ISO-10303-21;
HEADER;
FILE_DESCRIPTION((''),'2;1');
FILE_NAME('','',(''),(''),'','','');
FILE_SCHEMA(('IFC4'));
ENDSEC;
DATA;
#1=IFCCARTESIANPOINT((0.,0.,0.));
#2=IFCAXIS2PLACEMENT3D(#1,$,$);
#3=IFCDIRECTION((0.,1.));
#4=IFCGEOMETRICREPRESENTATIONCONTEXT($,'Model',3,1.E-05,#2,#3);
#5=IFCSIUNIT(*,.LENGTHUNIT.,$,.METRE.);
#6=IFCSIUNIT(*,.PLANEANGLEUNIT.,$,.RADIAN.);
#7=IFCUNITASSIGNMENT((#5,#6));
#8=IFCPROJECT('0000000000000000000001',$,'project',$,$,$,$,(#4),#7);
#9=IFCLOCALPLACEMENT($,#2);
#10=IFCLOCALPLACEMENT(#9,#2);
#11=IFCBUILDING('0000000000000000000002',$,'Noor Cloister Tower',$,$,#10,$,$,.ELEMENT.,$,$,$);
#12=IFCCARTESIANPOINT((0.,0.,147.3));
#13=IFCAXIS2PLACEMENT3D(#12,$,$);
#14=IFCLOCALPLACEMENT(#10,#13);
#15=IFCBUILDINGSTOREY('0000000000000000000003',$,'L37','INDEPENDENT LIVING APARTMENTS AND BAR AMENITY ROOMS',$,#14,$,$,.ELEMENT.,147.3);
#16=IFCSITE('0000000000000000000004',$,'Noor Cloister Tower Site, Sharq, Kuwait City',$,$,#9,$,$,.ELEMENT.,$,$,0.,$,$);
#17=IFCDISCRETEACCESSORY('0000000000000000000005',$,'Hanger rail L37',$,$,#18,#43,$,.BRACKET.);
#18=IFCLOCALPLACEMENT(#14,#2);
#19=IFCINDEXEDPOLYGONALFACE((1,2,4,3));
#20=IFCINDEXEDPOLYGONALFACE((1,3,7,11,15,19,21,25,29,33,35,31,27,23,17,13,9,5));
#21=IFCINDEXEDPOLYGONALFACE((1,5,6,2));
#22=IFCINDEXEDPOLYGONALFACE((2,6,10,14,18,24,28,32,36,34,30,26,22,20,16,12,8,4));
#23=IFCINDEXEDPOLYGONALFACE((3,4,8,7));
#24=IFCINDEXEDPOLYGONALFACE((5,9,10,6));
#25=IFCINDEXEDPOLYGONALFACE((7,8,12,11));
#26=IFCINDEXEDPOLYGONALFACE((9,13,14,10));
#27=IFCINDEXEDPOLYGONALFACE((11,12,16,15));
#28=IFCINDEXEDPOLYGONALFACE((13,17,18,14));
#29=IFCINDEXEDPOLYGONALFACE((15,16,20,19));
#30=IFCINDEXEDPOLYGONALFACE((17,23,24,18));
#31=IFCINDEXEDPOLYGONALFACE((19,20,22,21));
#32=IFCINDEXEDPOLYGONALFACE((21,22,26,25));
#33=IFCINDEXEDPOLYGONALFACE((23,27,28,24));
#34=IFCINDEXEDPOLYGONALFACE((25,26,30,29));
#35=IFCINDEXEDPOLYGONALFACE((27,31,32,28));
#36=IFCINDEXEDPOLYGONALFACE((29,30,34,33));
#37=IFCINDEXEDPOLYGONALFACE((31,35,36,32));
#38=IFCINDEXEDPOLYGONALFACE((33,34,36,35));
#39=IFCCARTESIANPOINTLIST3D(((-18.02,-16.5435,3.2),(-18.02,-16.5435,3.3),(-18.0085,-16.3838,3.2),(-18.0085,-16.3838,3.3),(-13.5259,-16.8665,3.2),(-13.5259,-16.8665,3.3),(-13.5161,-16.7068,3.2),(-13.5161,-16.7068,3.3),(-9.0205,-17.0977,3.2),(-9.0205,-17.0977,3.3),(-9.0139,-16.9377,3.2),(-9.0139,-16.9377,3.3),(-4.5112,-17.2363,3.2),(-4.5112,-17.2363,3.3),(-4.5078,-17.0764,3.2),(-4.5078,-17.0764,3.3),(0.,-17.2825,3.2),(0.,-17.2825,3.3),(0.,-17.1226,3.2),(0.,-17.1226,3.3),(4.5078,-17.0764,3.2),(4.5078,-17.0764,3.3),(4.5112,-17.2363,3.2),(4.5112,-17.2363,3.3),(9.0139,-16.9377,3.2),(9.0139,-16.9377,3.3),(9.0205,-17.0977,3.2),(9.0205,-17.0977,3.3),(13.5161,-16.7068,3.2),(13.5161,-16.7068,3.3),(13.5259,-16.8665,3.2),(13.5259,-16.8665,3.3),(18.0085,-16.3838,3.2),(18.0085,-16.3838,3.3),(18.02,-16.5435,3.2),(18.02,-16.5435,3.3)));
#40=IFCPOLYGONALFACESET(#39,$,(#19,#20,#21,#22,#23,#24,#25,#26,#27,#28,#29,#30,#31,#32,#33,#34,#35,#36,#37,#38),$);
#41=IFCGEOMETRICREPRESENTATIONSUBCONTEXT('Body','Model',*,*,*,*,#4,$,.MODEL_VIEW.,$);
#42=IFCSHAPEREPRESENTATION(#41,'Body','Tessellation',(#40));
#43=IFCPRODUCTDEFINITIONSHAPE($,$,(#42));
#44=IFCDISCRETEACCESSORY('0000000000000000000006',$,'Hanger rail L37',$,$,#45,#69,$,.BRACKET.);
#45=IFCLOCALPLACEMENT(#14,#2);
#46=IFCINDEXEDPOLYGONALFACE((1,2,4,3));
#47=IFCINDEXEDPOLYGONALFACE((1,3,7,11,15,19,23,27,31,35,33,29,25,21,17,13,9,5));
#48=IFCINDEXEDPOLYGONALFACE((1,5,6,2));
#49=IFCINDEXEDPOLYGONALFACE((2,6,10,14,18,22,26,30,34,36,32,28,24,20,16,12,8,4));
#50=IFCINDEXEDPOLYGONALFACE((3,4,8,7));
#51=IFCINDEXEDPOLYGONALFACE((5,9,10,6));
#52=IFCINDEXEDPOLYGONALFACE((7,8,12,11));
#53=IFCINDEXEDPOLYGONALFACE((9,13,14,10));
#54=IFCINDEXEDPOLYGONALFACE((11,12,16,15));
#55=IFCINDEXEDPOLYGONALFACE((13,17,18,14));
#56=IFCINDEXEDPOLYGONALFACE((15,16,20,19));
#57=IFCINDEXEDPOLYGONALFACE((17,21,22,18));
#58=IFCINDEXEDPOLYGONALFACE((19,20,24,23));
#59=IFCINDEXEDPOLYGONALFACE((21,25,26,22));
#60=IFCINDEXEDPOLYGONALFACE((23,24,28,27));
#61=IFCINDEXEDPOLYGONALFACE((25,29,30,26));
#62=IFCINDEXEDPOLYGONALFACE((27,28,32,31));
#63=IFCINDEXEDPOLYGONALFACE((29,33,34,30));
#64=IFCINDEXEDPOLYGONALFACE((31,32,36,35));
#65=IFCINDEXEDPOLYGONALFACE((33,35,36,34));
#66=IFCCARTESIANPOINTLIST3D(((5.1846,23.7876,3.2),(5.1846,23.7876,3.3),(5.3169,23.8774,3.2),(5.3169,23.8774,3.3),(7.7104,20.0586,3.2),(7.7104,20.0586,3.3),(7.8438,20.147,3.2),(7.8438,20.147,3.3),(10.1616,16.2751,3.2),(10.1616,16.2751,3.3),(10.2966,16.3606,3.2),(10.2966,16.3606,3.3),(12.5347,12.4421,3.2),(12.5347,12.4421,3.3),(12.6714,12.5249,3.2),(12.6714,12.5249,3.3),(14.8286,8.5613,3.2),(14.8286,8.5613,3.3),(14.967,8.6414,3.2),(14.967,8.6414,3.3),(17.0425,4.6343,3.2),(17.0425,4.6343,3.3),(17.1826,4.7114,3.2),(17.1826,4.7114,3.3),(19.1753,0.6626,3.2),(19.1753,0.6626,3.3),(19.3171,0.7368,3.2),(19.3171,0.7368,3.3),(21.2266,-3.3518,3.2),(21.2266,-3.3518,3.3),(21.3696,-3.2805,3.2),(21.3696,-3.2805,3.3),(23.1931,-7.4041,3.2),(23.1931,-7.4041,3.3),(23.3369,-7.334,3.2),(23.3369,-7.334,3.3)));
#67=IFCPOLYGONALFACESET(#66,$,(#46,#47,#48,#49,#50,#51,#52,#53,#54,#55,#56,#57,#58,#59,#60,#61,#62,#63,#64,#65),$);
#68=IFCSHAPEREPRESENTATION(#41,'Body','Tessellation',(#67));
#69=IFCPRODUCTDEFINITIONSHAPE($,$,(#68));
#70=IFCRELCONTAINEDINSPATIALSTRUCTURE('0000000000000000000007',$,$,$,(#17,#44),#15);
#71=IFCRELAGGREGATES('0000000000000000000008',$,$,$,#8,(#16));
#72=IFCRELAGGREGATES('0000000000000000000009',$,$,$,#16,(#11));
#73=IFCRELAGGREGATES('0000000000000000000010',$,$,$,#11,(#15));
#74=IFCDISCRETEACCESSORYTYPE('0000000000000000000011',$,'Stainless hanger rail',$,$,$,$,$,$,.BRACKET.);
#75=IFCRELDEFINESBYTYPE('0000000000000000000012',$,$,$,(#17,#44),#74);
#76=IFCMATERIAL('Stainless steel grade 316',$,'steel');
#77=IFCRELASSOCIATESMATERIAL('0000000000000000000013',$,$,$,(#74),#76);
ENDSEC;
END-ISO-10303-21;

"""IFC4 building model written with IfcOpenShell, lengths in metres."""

from ifc_helpers import new_model, si_unit, direction, frame, origin, place, context, subcontext, project, spatial, polyline, outline, extrude, material, type_object, element, save


model = new_model("IFC4")

# Units and contexts
model_context = context("Model", 3, precision=1e-05, world=origin(), true_north=direction((0.0, 1.0)))
body_context = subcontext(model_context, "Body", "Model", "MODEL_VIEW")
ifc_project = project(units=[si_unit("LENGTHUNIT", "METRE"), si_unit("PLANEANGLEUNIT", "RADIAN")], contexts=[model_context])

# Site, building, storey
site_placement = place(None, origin())
site = spatial("IfcSite", under=ifc_project, at=site_placement, Name="Noor Cloister Tower Site, Sharq, Kuwait City", CompositionType="ELEMENT", RefElevation=0.0)
building_placement = place(site_placement, origin())
building = spatial("IfcBuilding", under=site, at=building_placement, Name="Noor Cloister Tower", CompositionType="ELEMENT")
storey_placement = place(building_placement, frame((0.0, 0.0, 147.3)))
storey = spatial("IfcBuildingStorey", under=building, at=storey_placement, Name="L37", Description="INDEPENDENT LIVING APARTMENTS AND BAR AMENITY ROOMS", CompositionType="ELEMENT", Elevation=147.3)

# Discrete accessories
ifc_material_1 = material(Name="Stainless steel grade 316", Category="steel")
discrete_accessory_type = type_object("IfcDiscreteAccessoryType", Name="Stainless hanger rail", PredefinedType="BRACKET", material=ifc_material_1)
discrete_accessory_1_placement = place(storey_placement, frame((0.0, 0.0, 3.2)))
element("IfcDiscreteAccessory", 1, at=discrete_accessory_1_placement, inside=storey, type_object=discrete_accessory_type, Name="Hanger rail L37", PredefinedType="BRACKET", context=body_context, shape_type="SweptSolid", body=[
    extrude(outline(polyline([(-18.02, -16.5435), (-13.5259, -16.8665), (-9.0205, -17.0977), (-4.5112, -17.2363), (0.0, -17.2825), (4.5112, -17.2363), (9.0205, -17.0977), (13.5259, -16.8665), (18.02, -16.5435), (18.0085, -16.3838), (13.5161, -16.7068), (9.0139, -16.9377), (4.5078, -17.0764), (0.0, -17.1226), (-4.5078, -17.0764), (-9.0139, -16.9377), (-13.5161, -16.7068), (-18.0085, -16.3838), (-18.02, -16.5435)])), origin(), (0.0, 0.0, 1.0), 0.1001),
])
discrete_accessory_2_placement = place(storey_placement, frame((0.0, 0.0, 3.2)))
element("IfcDiscreteAccessory", 2, at=discrete_accessory_2_placement, inside=storey, type_object=discrete_accessory_type, Name="Hanger rail L37", PredefinedType="BRACKET", context=body_context, shape_type="SweptSolid", body=[
    extrude(outline(polyline([(23.3369, -7.334), (21.3696, -3.2805), (19.3171, 0.7368), (17.1826, 4.7114), (14.967, 8.6414), (12.6714, 12.5249), (10.2966, 16.3606), (7.8438, 20.147), (5.3169, 23.8774), (5.1846, 23.7876), (7.7104, 20.0586), (10.1616, 16.2751), (12.5347, 12.4421), (14.8286, 8.5613), (17.0425, 4.6343), (19.1753, 0.6626), (21.2266, -3.3518), (23.1931, -7.4041), (23.3369, -7.334)])), origin(), (0.0, 0.0, 1.0), 0.1001),
])

save(model, "model.ifc")
